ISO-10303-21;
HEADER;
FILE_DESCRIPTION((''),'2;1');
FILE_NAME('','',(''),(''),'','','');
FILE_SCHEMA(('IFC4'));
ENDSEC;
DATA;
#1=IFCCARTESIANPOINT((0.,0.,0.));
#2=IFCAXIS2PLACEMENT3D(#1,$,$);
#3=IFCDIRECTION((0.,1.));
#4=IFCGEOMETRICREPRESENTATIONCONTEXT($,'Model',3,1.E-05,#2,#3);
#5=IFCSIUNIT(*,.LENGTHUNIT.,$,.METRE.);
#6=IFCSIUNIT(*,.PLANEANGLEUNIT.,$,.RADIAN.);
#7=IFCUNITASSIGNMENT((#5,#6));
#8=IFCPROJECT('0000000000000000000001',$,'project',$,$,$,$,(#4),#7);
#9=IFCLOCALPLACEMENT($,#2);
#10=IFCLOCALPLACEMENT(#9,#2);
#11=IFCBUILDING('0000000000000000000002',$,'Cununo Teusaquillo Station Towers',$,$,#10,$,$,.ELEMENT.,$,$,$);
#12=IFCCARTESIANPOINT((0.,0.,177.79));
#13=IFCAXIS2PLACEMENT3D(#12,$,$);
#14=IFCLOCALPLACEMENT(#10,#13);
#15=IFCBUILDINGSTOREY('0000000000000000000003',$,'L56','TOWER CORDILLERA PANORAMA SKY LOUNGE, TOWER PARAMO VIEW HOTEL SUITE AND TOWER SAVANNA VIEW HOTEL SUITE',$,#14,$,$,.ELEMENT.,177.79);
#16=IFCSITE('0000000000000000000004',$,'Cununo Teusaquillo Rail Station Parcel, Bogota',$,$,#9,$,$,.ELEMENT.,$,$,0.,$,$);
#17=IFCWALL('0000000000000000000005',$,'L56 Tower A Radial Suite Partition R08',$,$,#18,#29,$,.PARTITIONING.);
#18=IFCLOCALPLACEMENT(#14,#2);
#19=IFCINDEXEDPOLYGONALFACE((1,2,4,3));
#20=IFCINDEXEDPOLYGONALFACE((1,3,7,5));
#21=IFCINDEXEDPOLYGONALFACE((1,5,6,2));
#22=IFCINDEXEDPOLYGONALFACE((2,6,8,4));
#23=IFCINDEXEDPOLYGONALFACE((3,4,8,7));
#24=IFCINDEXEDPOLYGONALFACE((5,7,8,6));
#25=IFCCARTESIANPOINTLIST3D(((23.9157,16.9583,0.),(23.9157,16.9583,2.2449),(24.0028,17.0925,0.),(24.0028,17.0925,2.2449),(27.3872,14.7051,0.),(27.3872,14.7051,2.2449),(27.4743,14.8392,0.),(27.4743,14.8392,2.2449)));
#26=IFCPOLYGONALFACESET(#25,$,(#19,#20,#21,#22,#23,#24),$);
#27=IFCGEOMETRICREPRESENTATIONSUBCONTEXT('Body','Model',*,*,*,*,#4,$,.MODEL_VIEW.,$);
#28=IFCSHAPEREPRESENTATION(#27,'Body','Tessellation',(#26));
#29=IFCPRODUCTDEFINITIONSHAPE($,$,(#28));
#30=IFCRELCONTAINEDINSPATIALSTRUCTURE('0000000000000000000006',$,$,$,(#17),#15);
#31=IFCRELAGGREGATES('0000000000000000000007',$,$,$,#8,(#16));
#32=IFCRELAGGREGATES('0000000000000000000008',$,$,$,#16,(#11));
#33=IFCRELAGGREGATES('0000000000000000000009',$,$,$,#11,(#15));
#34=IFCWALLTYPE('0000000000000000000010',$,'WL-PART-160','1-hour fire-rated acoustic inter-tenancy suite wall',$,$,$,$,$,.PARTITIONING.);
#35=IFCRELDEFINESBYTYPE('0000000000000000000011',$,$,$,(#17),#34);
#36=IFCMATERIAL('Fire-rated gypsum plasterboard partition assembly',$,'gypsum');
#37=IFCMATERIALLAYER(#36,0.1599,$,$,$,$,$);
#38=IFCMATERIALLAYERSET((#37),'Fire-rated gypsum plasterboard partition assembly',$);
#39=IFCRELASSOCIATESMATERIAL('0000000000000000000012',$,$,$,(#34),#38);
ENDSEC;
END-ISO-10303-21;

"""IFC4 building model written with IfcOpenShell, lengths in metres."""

from ifc_helpers import new_model, si_unit, direction, frame, frame_2d, origin, place, context, subcontext, project, spatial, rectangle, extrude, material, layer, layer_set, type_object, element, save


model = new_model("IFC4")

# Units and contexts
model_context = context("Model", 3, precision=1e-05, world=origin(), true_north=direction((0.0, 1.0)))
body_context = subcontext(model_context, "Body", "Model", "MODEL_VIEW")
ifc_project = project(units=[si_unit("LENGTHUNIT", "METRE"), si_unit("PLANEANGLEUNIT", "RADIAN")], contexts=[model_context])

# Site, building, storey
site_placement = place(None, origin())
site = spatial("IfcSite", under=ifc_project, at=site_placement, Name="Cununo Teusaquillo Rail Station Parcel, Bogota", CompositionType="ELEMENT", RefElevation=0.0)
building_placement = place(site_placement, origin())
building = spatial("IfcBuilding", under=site, at=building_placement, Name="Cununo Teusaquillo Station Towers", CompositionType="ELEMENT")
storey_placement = place(building_placement, frame((0.0, 0.0, 177.79)))
storey = spatial("IfcBuildingStorey", under=building, at=storey_placement, Name="L56", Description="TOWER CORDILLERA PANORAMA SKY LOUNGE, TOWER PARAMO VIEW HOTEL SUITE AND TOWER SAVANNA VIEW HOTEL SUITE", CompositionType="ELEMENT", Elevation=177.79)

# Wall
ifc_material_1 = material(Name="Fire-rated gypsum plasterboard partition assembly", Category="gypsum")
ifc_layer_1 = layer(ifc_material_1, 0.1599)
ifc_layer_set_1 = layer_set([ifc_layer_1], Name="Fire-rated gypsum plasterboard partition assembly")
wall_type_1 = type_object("IfcWallType", Name="WL-PART-160", Description="1-hour fire-rated acoustic inter-tenancy suite wall", PredefinedType="PARTITIONING", material=ifc_layer_set_1)
wall_1_placement = place(storey_placement, frame((23.9592, 17.0254, 0.0), z_axis=(0.0, 0.0, 1.0), x_axis=(0.838803, -0.544435, 0.0)))
element("IfcWall", 1, at=wall_1_placement, inside=storey, type_object=wall_type_1, Name="L56 Tower A Radial Suite Partition R08", PredefinedType="PARTITIONING", context=body_context, shape_type="SweptSolid", body=[
    extrude(rectangle(XDim=4.1387, YDim=0.1599, at=frame_2d((2.0693, 0.0))), origin(), (0.0, 0.0, 1.0), 2.2449),
])

save(model, "model.ifc")
